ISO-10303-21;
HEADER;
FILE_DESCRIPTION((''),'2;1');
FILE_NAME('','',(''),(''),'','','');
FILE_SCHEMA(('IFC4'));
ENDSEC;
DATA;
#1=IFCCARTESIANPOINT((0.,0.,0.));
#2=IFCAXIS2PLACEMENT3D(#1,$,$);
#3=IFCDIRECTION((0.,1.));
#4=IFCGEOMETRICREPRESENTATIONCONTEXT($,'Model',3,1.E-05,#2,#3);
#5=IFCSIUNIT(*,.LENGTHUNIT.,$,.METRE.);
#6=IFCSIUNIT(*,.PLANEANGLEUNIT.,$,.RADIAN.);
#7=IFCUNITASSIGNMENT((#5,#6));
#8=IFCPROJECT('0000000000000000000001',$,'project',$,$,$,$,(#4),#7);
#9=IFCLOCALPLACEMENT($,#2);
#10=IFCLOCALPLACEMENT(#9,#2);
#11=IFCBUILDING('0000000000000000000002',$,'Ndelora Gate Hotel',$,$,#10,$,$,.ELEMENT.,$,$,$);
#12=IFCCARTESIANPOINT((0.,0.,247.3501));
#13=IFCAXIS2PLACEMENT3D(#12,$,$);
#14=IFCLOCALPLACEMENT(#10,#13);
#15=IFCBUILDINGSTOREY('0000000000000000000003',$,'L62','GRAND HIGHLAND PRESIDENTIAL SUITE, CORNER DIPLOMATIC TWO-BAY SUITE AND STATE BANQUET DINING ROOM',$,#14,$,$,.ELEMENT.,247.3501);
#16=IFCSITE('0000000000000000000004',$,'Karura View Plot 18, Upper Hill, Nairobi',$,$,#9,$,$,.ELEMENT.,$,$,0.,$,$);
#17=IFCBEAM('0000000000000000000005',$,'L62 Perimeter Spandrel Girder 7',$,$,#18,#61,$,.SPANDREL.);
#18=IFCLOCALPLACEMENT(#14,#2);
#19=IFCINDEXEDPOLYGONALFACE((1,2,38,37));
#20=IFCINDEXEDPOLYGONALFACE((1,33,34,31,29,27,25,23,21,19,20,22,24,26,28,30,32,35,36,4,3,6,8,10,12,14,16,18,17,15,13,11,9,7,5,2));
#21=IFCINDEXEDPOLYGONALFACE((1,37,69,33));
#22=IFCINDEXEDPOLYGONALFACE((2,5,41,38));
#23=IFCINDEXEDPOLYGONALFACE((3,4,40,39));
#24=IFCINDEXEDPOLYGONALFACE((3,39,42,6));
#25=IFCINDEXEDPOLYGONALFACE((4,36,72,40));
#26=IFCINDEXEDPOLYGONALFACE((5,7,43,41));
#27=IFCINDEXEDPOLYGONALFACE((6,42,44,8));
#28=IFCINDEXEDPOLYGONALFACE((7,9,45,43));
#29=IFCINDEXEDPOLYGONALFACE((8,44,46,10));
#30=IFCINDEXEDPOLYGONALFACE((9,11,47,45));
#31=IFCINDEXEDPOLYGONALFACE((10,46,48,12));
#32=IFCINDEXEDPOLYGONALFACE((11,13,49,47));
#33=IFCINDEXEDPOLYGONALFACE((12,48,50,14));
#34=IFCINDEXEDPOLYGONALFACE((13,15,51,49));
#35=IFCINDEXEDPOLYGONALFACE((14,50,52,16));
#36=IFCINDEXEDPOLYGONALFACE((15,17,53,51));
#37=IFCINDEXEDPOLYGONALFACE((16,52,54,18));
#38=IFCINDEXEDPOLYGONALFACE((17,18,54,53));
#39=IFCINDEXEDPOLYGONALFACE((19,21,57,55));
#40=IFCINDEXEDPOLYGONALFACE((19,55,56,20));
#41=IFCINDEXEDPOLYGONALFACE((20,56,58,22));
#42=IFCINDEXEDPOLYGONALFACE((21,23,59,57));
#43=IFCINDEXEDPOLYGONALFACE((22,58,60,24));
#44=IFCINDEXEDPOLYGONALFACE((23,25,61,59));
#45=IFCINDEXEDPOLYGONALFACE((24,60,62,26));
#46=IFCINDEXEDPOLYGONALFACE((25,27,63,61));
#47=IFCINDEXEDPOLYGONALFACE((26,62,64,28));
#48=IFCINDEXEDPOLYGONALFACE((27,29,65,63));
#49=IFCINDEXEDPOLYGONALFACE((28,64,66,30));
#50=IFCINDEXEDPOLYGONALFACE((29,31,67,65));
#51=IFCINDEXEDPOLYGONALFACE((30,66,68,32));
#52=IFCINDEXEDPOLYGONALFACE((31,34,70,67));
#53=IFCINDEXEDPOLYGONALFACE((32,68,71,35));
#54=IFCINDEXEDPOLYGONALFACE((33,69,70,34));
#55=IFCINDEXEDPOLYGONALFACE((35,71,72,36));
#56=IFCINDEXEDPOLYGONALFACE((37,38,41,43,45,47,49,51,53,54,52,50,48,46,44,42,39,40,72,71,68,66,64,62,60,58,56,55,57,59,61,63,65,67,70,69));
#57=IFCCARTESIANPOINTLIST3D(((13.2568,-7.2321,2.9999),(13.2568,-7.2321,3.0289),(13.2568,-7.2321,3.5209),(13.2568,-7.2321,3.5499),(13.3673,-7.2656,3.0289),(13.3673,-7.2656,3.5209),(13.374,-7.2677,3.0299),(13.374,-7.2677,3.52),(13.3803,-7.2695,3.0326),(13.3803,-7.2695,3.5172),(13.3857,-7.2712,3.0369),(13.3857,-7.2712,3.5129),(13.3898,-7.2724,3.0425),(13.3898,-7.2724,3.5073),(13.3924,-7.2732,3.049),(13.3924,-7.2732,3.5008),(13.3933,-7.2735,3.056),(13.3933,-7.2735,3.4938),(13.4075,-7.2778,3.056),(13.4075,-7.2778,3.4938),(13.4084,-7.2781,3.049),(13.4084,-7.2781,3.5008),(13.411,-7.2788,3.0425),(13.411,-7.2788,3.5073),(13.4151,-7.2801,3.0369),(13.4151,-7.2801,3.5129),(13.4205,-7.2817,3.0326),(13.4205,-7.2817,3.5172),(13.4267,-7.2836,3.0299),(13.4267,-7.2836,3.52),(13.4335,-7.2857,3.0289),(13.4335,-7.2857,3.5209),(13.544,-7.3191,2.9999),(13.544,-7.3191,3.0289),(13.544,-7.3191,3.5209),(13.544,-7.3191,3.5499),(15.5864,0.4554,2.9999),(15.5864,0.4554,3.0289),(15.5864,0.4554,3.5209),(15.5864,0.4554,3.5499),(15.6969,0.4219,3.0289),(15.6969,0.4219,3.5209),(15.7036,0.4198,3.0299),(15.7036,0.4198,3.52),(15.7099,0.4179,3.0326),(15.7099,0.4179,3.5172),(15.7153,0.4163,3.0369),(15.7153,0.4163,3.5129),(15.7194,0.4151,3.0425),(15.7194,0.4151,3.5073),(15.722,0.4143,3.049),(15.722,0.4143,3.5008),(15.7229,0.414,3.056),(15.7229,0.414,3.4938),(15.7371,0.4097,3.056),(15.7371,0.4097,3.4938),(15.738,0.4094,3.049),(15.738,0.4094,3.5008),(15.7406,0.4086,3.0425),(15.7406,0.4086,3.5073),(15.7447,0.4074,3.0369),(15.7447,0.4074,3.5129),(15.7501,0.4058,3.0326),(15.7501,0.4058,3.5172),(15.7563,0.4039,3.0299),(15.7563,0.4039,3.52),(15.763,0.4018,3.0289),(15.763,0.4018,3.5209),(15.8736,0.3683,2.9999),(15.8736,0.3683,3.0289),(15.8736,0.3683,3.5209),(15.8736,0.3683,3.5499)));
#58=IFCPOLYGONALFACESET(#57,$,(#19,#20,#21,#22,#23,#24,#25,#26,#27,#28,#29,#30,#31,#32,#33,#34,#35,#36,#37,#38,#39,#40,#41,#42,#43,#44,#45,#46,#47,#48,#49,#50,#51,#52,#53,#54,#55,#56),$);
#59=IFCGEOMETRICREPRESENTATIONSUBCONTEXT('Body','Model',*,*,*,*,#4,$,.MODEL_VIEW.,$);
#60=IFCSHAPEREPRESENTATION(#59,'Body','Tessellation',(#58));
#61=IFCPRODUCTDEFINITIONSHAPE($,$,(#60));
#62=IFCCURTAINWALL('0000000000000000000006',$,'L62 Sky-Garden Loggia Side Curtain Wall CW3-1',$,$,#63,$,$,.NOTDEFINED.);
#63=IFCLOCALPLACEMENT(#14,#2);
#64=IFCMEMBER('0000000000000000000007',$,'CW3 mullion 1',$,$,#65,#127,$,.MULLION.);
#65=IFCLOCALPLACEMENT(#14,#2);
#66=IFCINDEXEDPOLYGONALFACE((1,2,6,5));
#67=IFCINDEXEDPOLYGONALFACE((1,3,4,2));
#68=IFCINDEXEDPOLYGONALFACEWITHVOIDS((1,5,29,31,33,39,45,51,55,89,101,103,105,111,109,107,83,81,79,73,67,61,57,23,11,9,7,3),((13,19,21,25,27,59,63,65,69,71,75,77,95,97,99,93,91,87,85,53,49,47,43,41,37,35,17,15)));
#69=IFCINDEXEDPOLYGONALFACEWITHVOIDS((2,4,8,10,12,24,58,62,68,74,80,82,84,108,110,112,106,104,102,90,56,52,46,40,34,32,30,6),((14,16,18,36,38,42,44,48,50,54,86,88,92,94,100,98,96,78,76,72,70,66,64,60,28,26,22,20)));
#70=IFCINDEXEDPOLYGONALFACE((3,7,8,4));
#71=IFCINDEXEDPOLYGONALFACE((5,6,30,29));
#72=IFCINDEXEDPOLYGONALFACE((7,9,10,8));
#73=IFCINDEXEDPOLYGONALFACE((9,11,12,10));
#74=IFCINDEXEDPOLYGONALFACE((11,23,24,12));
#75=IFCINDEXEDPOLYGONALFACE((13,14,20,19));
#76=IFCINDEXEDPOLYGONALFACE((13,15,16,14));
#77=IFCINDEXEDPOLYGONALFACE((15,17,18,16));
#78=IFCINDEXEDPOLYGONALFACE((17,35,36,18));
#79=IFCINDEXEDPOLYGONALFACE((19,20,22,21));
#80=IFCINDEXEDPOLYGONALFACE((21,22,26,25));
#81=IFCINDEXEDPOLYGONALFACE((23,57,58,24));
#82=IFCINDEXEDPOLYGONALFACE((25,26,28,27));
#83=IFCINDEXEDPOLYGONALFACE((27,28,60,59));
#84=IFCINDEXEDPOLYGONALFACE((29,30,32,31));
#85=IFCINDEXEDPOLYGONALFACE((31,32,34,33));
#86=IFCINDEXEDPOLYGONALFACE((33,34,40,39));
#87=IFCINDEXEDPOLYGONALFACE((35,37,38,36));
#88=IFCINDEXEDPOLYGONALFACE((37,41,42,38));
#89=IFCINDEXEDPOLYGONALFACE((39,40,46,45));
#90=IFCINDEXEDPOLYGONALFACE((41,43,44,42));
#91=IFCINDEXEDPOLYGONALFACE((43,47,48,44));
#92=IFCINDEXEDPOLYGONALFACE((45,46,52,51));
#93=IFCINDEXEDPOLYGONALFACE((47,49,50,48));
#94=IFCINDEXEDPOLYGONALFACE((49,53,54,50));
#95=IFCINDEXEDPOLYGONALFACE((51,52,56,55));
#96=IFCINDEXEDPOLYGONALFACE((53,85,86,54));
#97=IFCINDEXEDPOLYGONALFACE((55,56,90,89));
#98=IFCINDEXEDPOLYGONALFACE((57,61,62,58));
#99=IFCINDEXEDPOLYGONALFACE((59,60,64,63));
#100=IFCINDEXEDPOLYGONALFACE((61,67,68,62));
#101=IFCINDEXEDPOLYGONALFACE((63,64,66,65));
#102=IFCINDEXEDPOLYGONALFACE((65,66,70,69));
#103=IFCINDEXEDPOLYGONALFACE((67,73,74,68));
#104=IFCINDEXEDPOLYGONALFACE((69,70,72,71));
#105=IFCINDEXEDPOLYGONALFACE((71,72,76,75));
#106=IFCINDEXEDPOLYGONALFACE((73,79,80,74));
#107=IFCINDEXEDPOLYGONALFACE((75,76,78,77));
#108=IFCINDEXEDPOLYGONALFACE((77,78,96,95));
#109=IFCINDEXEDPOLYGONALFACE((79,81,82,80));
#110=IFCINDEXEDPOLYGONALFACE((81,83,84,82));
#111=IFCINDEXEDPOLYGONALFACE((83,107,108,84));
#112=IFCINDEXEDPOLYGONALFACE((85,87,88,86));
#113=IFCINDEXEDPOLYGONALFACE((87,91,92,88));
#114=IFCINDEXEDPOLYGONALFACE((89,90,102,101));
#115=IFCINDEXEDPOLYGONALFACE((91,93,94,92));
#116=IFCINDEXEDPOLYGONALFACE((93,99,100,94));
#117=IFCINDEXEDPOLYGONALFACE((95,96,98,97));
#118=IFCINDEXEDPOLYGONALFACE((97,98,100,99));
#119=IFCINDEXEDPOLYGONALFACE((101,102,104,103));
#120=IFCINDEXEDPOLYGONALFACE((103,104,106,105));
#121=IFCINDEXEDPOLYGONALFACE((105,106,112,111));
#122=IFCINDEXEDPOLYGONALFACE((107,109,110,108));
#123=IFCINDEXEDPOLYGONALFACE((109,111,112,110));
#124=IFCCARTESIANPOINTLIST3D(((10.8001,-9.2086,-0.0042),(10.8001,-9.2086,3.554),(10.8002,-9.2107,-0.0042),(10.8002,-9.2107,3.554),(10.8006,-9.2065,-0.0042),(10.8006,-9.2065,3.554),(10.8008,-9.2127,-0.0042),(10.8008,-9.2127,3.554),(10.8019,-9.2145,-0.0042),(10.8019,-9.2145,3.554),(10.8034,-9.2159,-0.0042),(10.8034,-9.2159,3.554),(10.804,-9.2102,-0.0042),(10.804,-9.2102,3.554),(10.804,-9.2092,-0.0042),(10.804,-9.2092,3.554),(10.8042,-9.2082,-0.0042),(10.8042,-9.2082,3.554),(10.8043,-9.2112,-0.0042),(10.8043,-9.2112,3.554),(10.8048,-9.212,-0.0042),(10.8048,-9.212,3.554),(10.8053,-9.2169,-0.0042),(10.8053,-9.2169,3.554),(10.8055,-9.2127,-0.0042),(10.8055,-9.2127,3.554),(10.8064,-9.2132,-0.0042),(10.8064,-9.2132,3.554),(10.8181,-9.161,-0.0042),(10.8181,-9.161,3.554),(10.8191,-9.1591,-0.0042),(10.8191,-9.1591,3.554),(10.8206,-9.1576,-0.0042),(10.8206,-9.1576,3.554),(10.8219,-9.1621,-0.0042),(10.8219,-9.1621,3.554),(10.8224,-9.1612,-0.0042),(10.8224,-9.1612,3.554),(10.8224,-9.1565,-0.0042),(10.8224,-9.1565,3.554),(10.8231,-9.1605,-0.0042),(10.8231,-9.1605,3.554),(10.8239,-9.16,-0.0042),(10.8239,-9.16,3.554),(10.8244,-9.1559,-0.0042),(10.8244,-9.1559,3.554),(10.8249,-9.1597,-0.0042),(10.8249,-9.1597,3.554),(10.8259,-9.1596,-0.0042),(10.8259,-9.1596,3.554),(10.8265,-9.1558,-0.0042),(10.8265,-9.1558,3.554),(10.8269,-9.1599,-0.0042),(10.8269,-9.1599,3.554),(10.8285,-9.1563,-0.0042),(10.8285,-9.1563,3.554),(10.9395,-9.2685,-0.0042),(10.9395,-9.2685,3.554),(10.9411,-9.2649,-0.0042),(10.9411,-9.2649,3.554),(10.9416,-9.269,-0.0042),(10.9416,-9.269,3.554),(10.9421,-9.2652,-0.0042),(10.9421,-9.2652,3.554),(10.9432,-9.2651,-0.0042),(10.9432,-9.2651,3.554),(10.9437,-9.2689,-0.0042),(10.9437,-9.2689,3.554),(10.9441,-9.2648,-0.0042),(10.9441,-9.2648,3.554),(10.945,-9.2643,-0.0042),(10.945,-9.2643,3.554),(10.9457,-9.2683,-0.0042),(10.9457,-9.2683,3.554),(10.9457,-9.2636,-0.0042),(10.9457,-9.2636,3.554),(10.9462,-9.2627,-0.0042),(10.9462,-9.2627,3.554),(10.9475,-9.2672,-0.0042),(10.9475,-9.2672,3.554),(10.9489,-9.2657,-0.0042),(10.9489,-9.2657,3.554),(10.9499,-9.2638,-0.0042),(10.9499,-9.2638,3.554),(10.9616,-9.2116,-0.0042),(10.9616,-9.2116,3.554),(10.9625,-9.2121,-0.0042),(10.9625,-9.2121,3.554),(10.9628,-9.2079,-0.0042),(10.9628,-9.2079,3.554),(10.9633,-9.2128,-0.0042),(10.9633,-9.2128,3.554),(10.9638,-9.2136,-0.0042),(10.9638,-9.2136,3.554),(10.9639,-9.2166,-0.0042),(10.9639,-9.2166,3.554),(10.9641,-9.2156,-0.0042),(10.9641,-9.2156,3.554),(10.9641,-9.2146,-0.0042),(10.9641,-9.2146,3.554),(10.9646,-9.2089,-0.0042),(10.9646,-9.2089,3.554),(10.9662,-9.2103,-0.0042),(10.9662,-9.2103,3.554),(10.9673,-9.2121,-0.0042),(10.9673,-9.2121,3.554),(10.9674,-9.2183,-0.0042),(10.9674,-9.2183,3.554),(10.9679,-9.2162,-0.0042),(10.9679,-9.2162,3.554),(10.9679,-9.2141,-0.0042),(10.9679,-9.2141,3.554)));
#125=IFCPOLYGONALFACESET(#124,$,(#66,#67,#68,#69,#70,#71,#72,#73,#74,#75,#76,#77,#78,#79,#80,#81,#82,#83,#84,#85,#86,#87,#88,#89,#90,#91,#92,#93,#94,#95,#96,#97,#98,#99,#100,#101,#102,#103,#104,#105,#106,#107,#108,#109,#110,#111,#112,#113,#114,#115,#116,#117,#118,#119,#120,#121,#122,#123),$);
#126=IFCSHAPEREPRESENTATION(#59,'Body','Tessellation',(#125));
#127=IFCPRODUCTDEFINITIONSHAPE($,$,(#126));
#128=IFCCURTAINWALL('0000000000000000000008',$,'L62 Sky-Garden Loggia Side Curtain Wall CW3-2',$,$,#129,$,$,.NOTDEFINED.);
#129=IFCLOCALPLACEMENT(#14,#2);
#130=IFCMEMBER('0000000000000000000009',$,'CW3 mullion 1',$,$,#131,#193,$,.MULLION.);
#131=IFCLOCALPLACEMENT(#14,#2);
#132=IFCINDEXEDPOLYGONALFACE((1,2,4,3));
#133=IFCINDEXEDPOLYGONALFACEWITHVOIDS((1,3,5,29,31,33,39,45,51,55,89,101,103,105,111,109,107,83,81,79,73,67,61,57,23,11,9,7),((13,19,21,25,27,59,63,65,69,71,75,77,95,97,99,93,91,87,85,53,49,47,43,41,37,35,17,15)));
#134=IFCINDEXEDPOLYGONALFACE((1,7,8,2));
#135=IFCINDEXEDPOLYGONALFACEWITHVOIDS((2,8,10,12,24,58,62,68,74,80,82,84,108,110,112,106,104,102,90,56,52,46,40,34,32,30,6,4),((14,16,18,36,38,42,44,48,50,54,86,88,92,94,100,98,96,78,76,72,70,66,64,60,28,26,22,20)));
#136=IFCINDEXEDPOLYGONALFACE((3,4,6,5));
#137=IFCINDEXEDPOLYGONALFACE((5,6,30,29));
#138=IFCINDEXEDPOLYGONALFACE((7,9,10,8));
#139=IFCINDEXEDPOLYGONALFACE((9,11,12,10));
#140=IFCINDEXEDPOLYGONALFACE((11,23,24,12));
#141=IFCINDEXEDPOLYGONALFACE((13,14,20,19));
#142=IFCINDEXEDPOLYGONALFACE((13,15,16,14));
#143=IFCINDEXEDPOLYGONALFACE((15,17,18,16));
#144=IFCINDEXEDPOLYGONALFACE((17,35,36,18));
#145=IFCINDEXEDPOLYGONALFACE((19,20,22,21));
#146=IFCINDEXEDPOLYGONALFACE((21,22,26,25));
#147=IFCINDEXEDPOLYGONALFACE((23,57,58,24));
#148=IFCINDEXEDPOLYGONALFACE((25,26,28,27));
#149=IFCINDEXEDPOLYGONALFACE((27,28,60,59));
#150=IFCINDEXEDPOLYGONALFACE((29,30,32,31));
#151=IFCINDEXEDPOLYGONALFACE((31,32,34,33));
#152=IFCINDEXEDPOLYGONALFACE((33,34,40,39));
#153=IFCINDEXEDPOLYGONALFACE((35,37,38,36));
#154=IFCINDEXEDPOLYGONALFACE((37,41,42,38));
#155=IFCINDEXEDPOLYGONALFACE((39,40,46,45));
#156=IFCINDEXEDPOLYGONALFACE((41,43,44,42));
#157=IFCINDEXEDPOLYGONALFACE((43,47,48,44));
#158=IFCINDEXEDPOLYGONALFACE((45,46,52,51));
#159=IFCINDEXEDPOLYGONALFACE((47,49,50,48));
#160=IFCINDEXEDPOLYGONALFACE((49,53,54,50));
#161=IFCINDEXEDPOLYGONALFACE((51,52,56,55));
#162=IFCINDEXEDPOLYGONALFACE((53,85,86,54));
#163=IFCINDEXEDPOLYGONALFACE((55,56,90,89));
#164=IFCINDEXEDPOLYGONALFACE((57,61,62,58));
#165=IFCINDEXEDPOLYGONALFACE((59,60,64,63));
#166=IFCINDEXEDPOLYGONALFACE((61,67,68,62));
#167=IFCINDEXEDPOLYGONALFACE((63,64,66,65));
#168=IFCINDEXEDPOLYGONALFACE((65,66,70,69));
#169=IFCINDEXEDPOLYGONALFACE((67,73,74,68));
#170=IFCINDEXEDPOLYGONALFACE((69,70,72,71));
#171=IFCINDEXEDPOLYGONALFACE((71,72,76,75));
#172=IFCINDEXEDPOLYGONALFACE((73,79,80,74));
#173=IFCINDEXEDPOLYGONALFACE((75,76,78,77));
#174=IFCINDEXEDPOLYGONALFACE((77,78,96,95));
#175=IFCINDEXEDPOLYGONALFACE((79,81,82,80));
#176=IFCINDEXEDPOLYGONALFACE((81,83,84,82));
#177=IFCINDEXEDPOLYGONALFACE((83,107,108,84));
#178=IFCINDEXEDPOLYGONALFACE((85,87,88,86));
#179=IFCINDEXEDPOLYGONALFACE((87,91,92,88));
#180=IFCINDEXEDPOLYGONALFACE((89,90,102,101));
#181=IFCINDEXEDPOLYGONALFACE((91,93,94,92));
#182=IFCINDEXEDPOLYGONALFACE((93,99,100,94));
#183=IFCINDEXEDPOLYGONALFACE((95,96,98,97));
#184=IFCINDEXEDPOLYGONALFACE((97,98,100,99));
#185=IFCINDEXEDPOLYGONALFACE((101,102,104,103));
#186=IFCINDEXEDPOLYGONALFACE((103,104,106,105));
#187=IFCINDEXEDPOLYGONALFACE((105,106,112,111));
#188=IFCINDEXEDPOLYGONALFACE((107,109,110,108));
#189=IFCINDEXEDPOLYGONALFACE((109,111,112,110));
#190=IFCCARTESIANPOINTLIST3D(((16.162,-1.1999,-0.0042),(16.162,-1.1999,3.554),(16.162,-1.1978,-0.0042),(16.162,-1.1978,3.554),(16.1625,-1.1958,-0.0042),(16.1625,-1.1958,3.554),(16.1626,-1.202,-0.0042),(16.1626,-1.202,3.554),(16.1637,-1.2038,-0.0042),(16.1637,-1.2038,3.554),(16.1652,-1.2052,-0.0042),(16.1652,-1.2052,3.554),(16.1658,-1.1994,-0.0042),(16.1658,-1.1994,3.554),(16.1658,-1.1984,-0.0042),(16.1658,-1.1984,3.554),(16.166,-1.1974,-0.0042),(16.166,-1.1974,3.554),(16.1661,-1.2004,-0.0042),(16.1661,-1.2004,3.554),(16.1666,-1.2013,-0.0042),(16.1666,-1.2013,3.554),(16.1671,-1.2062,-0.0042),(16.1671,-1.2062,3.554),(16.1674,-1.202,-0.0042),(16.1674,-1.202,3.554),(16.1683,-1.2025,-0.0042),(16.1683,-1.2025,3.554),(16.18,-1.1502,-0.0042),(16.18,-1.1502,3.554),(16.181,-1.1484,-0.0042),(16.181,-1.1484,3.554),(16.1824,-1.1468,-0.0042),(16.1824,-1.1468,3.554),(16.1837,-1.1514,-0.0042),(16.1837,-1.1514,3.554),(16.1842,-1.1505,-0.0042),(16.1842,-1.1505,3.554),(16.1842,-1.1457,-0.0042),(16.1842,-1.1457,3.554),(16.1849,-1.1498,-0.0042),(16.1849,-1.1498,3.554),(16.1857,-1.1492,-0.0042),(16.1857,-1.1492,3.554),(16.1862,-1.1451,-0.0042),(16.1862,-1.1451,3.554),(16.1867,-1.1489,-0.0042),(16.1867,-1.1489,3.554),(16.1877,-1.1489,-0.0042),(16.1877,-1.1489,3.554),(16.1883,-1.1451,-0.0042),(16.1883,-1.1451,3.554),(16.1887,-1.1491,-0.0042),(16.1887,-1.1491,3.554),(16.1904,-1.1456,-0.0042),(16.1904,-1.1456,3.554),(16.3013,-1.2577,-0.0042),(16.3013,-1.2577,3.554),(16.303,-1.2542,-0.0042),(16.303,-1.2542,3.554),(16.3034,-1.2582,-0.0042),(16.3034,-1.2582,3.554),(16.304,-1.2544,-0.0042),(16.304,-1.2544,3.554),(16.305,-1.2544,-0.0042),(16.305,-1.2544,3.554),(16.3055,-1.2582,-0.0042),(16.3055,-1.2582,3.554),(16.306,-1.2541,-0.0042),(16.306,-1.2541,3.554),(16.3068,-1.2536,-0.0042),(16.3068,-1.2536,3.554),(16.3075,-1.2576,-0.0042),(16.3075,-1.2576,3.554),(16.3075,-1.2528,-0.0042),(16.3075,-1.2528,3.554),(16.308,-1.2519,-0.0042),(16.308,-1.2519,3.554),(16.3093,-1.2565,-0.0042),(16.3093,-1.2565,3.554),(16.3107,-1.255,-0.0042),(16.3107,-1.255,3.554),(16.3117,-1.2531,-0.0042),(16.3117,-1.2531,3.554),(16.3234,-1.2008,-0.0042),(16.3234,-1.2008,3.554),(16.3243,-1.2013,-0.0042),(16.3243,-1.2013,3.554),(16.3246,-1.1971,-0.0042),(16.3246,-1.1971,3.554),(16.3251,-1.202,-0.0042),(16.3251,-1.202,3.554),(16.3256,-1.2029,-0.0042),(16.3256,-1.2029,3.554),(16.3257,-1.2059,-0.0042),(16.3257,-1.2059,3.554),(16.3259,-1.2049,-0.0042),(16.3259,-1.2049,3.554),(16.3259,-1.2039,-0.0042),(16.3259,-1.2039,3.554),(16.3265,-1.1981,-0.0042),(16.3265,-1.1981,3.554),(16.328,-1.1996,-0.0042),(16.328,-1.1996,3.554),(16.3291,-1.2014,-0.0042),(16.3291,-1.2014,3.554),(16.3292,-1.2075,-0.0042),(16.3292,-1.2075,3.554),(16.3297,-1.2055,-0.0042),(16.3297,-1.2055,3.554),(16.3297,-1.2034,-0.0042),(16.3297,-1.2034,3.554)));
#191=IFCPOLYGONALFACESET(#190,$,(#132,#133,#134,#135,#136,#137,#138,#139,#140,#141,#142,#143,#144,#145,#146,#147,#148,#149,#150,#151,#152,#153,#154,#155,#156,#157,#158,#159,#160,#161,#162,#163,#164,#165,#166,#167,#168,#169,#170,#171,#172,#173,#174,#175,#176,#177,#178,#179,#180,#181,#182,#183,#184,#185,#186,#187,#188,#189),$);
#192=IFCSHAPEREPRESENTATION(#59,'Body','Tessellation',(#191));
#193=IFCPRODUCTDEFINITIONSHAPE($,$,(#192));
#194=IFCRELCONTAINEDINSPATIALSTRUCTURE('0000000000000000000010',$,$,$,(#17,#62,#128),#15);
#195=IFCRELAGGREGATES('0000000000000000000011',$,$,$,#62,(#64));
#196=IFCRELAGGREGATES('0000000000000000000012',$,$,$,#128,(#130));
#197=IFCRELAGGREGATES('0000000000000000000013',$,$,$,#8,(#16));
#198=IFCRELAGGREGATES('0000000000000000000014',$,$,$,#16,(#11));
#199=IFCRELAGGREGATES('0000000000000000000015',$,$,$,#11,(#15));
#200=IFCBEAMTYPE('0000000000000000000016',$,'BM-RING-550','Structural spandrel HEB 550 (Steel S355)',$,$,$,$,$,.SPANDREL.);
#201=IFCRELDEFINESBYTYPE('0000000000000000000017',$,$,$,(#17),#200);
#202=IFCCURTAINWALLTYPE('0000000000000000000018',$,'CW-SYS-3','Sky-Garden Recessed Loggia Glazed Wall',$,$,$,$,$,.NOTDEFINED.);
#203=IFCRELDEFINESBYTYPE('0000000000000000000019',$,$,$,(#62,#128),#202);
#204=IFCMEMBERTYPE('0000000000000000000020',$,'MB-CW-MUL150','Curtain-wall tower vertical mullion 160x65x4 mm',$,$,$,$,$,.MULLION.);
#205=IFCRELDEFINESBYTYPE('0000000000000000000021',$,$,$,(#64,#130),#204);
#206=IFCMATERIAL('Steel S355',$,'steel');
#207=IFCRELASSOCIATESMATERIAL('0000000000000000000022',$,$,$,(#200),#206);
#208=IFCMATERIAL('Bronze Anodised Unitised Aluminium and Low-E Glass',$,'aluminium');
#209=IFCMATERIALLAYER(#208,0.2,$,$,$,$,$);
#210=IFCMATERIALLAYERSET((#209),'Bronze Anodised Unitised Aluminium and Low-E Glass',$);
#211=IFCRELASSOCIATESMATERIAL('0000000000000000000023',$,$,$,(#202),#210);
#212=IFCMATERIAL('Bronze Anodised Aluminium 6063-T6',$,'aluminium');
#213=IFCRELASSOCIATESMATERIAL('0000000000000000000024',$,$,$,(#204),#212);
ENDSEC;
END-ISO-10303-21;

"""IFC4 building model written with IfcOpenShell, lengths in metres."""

from ifc_helpers import new_model, si_unit, direction, frame, origin, origin_2d, place, context, subcontext, project, spatial, hollow_rectangle, i_section, extrude, material, layer, layer_set, material_profile, profile_set, type_object, element, aggregate, save


model = new_model("IFC4")

# Units and contexts
model_context = context("Model", 3, precision=1e-05, world=origin(), true_north=direction((0.0, 1.0)))
body_context = subcontext(model_context, "Body", "Model", "MODEL_VIEW")
ifc_project = project(units=[si_unit("LENGTHUNIT", "METRE"), si_unit("PLANEANGLEUNIT", "RADIAN")], contexts=[model_context])

# Site, building, storey
site_placement = place(None, origin())
site = spatial("IfcSite", under=ifc_project, at=site_placement, Name="Karura View Plot 18, Upper Hill, Nairobi", CompositionType="ELEMENT", RefElevation=0.0)
building_placement = place(site_placement, origin())
building = spatial("IfcBuilding", under=site, at=building_placement, Name="Ndelora Gate Hotel", CompositionType="ELEMENT")
storey_placement = place(building_placement, frame((0.0, 0.0, 247.3501)))
storey = spatial("IfcBuildingStorey", under=building, at=storey_placement, Name="L62", Description="GRAND HIGHLAND PRESIDENTIAL SUITE, CORNER DIPLOMATIC TWO-BAY SUITE AND STATE BANQUET DINING ROOM", CompositionType="ELEMENT", Elevation=247.3501)

# Beam
ifc_material_1 = material(Name="Steel S355", Category="steel")
ifc_material_profile_1 = material_profile(ifc_material_1, i_section(OverallWidth=0.3, OverallDepth=0.55, WebThickness=0.0149, FlangeThickness=0.0291, FilletRadius=0.0271, at=origin_2d()), Name="HEB 550")
ifc_profile_set_1 = profile_set([ifc_material_profile_1], Name="Steel S355")
beam_type_1 = type_object("IfcBeamType", Name="BM-RING-550", Description="Structural spandrel HEB 550 (Steel S355)", PredefinedType="SPANDREL", material=ifc_profile_set_1)
beam_1_placement = place(storey_placement, frame((13.4004, -7.2756, 3.2749), z_axis=(0.290012, 0.957023, 0.0), x_axis=(-0.957023, 0.290012, 0.0)))
element("IfcBeam", 1, at=beam_1_placement, inside=storey, type_object=beam_type_1, Name="L62 Perimeter Spandrel Girder 7", PredefinedType="SPANDREL", context=body_context, shape_type="SweptSolid", body=[
    extrude(i_section(OverallWidth=0.3, OverallDepth=0.55, WebThickness=0.0149, FlangeThickness=0.0291, FilletRadius=0.0271, at=origin_2d()), origin(), (0.0, 0.0, 1.0), 8.0327),
])

# Curtain wall, member
ifc_material_2 = material(Name="Bronze Anodised Unitised Aluminium and Low-E Glass", Category="aluminium")
ifc_layer_1 = layer(ifc_material_2, 0.2)
ifc_layer_set_1 = layer_set([ifc_layer_1], Name="Bronze Anodised Unitised Aluminium and Low-E Glass")
curtain_wall_type = type_object("IfcCurtainWallType", Name="CW-SYS-3", Description="Sky-Garden Recessed Loggia Glazed Wall", PredefinedType="NOTDEFINED", material=ifc_layer_set_1)
curtain_wall_1_placement = place(storey_placement, origin())
curtain_wall_1 = element("IfcCurtainWall", 2, at=curtain_wall_1_placement, inside=storey, type_object=curtain_wall_type, Name="L62 Sky-Garden Loggia Side Curtain Wall CW3-1", PredefinedType="NOTDEFINED")
ifc_material_3 = material(Name="Bronze Anodised Aluminium 6063-T6", Category="aluminium")
ifc_material_profile_2 = material_profile(ifc_material_3, hollow_rectangle(XDim=0.0649, YDim=0.1599, WallThickness=0.0039, InnerFilletRadius=0.0039, OuterFilletRadius=0.0081, at=origin_2d()), Name="ALU 160x65x4")
ifc_profile_set_2 = profile_set([ifc_material_profile_2], Name="Bronze Anodised Aluminium 6063-T6")
member_type_1 = type_object("IfcMemberType", Name="MB-CW-MUL150", Description="Curtain-wall tower vertical mullion 160x65x4 mm", PredefinedType="MULLION", material=ifc_profile_set_2)
member_1_placement = place(storey_placement, frame((10.884, -9.2124, -0.0042), z_axis=(0.0, 0.0, 1.0), x_axis=(0.358376, 0.933577, 0.0)))
member_1 = element("IfcMember", 3, at=member_1_placement, type_object=member_type_1, Name="CW3 mullion 1", PredefinedType="MULLION", context=body_context, shape_type="SweptSolid", body=[
    extrude(hollow_rectangle(XDim=0.0649, YDim=0.1599, WallThickness=0.0039, InnerFilletRadius=0.0039, OuterFilletRadius=0.0081, at=origin_2d()), origin(), (0.0, 0.0, 1.0), 3.5581),
])
aggregate(curtain_wall_1, [member_1])

# Curtain wall, member
curtain_wall_2_placement = place(storey_placement, origin())
curtain_wall_2 = element("IfcCurtainWall", 4, at=curtain_wall_2_placement, inside=storey, type_object=curtain_wall_type, Name="L62 Sky-Garden Loggia Side Curtain Wall CW3-2", PredefinedType="NOTDEFINED")
member_2_placement = place(storey_placement, frame((16.2458, -1.2017, -0.0042), z_axis=(0.0, 0.0, 1.0), x_axis=(-0.358361, -0.933583, 0.0)))
member_2 = element("IfcMember", 5, at=member_2_placement, type_object=member_type_1, Name="CW3 mullion 1", PredefinedType="MULLION", context=body_context, shape_type="SweptSolid", body=[
    extrude(hollow_rectangle(XDim=0.0649, YDim=0.1599, WallThickness=0.0039, InnerFilletRadius=0.0039, OuterFilletRadius=0.0081, at=origin_2d()), origin(), (0.0, 0.0, 1.0), 3.5581),
])
aggregate(curtain_wall_2, [member_2])

save(model, "model.ifc")
